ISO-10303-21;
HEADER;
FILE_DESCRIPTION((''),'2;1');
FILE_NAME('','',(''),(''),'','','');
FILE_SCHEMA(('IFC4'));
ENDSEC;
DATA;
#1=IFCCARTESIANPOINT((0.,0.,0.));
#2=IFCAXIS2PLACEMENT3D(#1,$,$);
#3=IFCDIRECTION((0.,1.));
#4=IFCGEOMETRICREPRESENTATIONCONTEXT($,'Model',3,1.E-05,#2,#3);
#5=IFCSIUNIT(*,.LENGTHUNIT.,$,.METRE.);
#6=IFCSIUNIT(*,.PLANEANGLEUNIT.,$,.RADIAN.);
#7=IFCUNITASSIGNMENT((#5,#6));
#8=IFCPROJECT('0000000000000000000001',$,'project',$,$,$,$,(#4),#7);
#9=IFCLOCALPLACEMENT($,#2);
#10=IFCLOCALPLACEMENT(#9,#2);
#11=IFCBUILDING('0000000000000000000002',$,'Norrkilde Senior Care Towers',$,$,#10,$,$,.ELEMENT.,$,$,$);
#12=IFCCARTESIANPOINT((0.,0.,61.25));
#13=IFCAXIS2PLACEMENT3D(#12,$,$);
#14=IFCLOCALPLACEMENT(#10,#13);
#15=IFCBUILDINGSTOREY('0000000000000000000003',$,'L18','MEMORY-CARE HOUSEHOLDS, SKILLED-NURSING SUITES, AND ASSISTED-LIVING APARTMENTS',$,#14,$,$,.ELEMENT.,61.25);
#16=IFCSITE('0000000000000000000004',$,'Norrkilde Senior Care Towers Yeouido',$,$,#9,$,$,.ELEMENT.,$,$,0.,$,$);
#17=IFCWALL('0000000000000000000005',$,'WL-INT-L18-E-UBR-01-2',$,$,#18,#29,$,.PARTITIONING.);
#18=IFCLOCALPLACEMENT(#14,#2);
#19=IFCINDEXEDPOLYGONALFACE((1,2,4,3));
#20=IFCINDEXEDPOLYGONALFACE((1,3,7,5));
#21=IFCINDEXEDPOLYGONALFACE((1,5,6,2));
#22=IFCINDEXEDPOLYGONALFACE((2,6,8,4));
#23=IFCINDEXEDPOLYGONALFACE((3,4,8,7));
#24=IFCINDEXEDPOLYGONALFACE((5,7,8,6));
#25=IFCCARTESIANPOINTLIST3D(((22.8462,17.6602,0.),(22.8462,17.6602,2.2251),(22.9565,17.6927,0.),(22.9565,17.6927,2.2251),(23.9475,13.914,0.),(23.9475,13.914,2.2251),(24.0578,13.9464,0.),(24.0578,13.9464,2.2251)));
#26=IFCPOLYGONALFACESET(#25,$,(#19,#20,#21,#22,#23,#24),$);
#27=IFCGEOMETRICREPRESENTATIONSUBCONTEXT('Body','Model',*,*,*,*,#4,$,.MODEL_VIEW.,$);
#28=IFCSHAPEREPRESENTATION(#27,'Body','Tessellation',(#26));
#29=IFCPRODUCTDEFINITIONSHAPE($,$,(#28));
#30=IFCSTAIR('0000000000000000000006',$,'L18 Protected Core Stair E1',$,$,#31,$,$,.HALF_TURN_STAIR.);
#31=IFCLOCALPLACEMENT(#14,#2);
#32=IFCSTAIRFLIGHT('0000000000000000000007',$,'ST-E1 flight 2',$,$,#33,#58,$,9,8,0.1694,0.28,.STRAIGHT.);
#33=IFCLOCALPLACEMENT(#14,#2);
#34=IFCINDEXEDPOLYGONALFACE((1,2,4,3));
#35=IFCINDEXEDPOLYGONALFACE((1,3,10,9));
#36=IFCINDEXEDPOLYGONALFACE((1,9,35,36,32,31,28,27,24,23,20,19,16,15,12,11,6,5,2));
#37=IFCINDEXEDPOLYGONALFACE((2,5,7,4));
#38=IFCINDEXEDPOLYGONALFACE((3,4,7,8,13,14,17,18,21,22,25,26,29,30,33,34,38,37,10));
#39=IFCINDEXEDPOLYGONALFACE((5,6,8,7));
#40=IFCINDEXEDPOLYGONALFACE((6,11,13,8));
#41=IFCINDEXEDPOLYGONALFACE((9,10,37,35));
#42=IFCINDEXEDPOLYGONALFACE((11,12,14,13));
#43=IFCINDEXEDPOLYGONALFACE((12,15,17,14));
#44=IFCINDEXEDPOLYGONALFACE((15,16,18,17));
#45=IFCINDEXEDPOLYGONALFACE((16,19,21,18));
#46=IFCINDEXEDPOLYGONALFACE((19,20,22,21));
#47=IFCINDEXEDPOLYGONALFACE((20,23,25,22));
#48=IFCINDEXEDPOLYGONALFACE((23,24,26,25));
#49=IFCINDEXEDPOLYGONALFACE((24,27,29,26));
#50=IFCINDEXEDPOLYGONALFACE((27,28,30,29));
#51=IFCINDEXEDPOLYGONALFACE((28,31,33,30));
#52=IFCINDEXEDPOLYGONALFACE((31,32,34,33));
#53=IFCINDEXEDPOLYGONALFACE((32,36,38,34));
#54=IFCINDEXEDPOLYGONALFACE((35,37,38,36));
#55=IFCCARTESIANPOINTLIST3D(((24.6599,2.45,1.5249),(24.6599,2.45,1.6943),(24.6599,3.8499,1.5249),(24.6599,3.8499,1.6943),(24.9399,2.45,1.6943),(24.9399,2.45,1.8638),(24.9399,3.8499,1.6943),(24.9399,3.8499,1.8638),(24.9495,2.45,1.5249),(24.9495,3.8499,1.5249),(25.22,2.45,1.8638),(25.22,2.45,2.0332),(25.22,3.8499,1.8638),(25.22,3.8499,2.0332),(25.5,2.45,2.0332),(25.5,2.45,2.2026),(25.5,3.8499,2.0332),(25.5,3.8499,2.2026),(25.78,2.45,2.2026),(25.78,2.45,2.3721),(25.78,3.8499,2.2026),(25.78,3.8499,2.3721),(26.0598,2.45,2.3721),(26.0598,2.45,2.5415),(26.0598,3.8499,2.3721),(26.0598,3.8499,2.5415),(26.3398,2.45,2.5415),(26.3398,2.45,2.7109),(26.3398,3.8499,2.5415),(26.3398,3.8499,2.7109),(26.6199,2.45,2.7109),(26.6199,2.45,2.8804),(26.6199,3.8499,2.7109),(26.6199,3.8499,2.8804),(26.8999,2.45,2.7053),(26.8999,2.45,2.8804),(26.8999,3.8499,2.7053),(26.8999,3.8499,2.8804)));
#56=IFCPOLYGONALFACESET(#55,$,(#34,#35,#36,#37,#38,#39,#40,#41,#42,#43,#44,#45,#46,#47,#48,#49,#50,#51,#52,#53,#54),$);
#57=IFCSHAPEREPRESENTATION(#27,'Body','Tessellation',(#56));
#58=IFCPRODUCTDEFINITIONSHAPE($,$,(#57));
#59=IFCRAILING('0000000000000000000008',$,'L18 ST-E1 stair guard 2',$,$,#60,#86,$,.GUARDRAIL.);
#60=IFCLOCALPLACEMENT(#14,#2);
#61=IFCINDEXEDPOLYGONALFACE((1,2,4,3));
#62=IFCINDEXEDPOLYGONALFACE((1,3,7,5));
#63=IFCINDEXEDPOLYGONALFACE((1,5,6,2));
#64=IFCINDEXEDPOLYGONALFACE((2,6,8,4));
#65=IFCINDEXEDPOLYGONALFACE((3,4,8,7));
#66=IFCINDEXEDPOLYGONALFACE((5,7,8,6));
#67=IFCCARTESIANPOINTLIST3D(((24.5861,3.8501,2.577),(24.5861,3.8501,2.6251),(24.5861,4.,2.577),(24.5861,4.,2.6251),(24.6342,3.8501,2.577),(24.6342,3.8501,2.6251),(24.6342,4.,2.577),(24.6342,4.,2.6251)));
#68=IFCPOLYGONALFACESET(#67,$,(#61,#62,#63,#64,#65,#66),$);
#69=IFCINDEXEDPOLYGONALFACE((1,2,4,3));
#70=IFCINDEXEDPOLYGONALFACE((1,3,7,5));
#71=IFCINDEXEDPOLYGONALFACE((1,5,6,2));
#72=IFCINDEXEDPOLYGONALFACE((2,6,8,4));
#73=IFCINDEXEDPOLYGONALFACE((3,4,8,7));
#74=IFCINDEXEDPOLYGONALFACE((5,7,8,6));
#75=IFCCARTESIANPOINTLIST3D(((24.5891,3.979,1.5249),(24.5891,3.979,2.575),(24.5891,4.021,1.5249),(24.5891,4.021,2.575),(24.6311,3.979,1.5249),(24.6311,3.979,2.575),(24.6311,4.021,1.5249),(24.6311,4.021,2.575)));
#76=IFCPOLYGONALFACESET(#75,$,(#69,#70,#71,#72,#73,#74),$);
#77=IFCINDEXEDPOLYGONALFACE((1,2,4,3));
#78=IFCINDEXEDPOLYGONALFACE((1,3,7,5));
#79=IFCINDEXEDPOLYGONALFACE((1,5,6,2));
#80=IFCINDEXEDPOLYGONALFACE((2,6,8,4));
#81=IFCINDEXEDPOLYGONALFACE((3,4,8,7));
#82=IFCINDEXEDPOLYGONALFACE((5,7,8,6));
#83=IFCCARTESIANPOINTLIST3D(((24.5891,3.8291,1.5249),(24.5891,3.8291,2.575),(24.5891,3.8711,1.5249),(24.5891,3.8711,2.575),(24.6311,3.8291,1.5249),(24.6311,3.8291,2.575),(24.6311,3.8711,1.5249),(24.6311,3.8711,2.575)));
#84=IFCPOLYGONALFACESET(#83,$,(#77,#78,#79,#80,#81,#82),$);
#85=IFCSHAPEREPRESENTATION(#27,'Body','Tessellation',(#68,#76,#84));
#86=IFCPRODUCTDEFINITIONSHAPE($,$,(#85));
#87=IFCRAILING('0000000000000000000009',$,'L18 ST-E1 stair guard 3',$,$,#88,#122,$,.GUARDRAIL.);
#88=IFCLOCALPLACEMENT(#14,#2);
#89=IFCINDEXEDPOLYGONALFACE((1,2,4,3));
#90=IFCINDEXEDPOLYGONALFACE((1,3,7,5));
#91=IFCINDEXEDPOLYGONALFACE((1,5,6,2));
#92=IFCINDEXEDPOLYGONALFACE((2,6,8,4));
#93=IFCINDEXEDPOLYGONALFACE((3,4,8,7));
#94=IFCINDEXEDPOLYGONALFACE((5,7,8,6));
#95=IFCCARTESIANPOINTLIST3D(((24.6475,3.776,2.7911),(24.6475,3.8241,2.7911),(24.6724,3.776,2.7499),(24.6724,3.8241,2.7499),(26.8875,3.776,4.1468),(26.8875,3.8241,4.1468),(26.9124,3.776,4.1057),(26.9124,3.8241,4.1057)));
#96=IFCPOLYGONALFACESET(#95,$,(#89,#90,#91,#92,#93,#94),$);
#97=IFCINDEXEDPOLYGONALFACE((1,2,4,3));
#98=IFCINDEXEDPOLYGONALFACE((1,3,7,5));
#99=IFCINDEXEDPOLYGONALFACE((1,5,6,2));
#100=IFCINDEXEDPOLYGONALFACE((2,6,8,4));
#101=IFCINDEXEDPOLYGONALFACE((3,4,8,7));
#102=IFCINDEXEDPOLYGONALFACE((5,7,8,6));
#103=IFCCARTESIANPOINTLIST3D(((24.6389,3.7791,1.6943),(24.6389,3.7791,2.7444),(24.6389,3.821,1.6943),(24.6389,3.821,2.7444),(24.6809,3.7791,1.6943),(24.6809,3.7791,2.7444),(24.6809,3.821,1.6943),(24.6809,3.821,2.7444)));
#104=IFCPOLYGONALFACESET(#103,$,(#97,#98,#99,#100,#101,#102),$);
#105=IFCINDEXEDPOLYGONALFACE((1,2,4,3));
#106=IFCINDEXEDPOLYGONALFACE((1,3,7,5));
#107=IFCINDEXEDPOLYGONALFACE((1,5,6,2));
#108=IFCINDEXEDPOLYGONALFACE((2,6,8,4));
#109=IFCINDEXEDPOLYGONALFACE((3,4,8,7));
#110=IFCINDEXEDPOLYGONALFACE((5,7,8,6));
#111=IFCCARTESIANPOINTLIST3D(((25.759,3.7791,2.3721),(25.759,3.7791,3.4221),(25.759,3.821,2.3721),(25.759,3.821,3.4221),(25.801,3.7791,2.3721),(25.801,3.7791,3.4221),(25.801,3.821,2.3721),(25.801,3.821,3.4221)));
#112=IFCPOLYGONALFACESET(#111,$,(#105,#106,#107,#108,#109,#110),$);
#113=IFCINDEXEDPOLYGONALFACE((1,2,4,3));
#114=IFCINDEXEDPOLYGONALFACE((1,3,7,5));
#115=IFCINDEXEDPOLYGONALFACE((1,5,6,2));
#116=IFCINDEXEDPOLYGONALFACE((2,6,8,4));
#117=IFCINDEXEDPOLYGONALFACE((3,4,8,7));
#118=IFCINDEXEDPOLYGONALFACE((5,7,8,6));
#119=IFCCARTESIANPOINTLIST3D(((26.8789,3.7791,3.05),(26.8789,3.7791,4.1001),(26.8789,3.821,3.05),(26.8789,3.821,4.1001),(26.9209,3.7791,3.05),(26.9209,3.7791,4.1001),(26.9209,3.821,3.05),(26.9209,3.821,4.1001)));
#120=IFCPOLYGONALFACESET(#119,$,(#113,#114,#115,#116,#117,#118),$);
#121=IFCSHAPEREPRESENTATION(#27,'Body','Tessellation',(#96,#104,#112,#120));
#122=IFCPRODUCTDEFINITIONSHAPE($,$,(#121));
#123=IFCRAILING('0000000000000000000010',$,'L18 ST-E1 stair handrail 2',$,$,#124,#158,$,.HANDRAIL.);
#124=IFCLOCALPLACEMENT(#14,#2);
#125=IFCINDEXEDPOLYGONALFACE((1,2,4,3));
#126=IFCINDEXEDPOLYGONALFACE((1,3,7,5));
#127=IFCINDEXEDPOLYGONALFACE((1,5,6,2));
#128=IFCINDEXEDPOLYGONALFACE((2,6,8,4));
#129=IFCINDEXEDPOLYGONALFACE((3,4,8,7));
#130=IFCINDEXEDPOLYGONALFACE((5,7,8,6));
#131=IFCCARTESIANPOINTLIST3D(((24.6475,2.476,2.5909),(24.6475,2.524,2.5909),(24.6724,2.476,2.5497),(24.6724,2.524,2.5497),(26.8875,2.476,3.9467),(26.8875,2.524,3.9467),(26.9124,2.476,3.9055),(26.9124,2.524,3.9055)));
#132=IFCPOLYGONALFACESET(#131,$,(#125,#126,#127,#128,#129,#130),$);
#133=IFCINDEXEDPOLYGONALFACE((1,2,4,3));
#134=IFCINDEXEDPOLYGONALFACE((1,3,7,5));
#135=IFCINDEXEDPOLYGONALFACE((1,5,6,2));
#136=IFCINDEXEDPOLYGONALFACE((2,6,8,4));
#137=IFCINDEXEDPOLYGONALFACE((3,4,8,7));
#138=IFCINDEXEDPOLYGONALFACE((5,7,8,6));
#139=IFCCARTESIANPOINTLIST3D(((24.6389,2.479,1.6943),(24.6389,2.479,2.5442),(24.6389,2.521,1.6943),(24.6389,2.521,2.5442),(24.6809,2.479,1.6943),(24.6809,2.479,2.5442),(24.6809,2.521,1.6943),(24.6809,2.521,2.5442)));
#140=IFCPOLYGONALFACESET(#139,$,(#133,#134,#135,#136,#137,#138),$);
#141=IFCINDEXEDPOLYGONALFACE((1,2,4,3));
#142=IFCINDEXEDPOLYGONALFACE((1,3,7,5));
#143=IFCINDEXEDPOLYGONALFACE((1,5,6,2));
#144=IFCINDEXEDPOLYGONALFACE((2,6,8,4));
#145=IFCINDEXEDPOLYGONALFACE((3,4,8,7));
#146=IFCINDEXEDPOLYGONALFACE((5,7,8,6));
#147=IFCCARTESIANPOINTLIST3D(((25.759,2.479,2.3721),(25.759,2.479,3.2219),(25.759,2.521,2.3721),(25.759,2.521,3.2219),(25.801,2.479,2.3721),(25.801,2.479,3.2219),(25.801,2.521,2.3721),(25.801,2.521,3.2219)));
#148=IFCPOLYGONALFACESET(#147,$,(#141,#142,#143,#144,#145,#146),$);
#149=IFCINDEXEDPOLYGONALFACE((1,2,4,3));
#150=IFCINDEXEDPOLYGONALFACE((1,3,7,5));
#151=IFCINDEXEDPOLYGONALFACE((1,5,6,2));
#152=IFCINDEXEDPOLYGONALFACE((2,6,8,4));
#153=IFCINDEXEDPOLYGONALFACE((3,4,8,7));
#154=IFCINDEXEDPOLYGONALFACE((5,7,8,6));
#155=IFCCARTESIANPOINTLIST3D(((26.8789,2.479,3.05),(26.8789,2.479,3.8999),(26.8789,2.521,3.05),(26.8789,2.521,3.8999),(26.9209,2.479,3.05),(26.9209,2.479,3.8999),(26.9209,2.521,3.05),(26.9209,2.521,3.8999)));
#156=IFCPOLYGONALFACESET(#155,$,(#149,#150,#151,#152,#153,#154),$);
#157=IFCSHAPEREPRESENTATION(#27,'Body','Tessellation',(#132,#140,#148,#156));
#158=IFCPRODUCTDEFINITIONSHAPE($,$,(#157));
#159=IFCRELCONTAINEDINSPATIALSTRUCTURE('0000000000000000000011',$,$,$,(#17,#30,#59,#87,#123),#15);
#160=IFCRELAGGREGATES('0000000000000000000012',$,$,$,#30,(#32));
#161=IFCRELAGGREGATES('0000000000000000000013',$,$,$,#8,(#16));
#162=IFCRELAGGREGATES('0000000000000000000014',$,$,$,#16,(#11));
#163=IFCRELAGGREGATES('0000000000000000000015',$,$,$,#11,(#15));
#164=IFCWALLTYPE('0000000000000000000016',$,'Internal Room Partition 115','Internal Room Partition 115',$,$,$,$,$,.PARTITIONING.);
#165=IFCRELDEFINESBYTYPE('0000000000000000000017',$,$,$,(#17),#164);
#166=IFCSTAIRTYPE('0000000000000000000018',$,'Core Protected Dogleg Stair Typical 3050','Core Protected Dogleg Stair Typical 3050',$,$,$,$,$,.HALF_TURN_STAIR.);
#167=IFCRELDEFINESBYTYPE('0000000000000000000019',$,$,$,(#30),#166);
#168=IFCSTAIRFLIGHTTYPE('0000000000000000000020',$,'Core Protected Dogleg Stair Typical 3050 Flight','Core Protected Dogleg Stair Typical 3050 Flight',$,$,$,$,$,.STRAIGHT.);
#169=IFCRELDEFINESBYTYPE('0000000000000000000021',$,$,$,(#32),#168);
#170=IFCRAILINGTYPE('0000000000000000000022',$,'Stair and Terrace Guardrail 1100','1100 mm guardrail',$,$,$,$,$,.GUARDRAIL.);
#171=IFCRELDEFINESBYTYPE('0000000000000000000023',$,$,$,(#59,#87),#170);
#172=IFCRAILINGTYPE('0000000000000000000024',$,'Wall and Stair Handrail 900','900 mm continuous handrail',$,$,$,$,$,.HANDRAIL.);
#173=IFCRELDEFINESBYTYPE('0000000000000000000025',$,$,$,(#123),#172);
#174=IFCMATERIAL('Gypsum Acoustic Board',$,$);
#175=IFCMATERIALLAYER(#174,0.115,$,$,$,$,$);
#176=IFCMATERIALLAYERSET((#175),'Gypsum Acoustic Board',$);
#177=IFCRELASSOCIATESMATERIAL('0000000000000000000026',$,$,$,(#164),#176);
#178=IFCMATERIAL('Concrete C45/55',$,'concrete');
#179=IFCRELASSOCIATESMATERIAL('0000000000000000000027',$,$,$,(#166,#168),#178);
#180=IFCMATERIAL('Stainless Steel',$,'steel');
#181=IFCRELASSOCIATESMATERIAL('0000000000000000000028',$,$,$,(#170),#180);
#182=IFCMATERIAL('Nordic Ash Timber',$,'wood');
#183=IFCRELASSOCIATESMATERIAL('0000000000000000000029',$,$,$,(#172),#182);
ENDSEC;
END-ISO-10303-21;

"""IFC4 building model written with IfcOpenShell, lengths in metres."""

from ifc_helpers import new_model, si_unit, direction, frame, frame_2d, origin, origin_2d, place, context, subcontext, project, spatial, polyline, rectangle, outline, extrude, source, transform, mapped, material, layer, layer_set, type_object, element, aggregate, save


model = new_model("IFC4")

# Units and contexts
model_context = context("Model", 3, precision=1e-05, world=origin(), true_north=direction((0.0, 1.0)))
body_context = subcontext(model_context, "Body", "Model", "MODEL_VIEW")
ifc_project = project(units=[si_unit("LENGTHUNIT", "METRE"), si_unit("PLANEANGLEUNIT", "RADIAN")], contexts=[model_context])

# Site, building, storey
site_placement = place(None, origin())
site = spatial("IfcSite", under=ifc_project, at=site_placement, Name="Norrkilde Senior Care Towers Yeouido", CompositionType="ELEMENT", RefElevation=0.0)
building_placement = place(site_placement, origin())
building = spatial("IfcBuilding", under=site, at=building_placement, Name="Norrkilde Senior Care Towers", CompositionType="ELEMENT")
storey_placement = place(building_placement, frame((0.0, 0.0, 61.25)))
storey = spatial("IfcBuildingStorey", under=building, at=storey_placement, Name="L18", Description="MEMORY-CARE HOUSEHOLDS, SKILLED-NURSING SUITES, AND ASSISTED-LIVING APARTMENTS", CompositionType="ELEMENT", Elevation=61.25)

# Shared definitions
ifc_material_1 = material(Name="Gypsum Acoustic Board")
ifc_material_2 = material(Name="Nordic Ash Timber", Category="wood")
ifc_layer_1 = layer(ifc_material_1, 0.115)
ifc_layer_set_1 = layer_set([ifc_layer_1], Name="Gypsum Acoustic Board")
wall_type_1 = type_object("IfcWallType", Name="Internal Room Partition 115", Description="Internal Room Partition 115", PredefinedType="PARTITIONING", material=ifc_layer_set_1)

# Wall
ifc_material_3 = material(Name="Concrete C45/55", Category="concrete")
shared_shape_1 = source(origin(), body_context, "Body", "SweptSolid", [
    extrude(rectangle(XDim=3.9048, YDim=0.115, at=frame_2d((1.9524, 0.0))), origin(), (0.0, 0.0, 1.0), 2.2251),
])
wall_1_placement = place(storey_placement, frame((24.0027, 13.9302, 0.0), z_axis=(0.0, 0.0, 1.0), x_axis=(-0.282038, 0.959403, 0.0)))
element("IfcWall", 1, at=wall_1_placement, inside=storey, type_object=wall_type_1, Name="WL-INT-L18-E-UBR-01-2", PredefinedType="PARTITIONING", context=body_context, shape_type="MappedRepresentation", body=[
    mapped(shared_shape_1, transform((0.0, 0.0, 0.0), x_axis=(1.0, 0.0, 0.0), y_axis=(0.0, 1.0, 0.0), z_axis=(0.0, 0.0, 1.0), scale=1.0)),
])

# Stair, stair flight
stair_type = type_object("IfcStairType", Name="Core Protected Dogleg Stair Typical 3050", Description="Core Protected Dogleg Stair Typical 3050", PredefinedType="HALF_TURN_STAIR", material=ifc_material_3)
stair_placement = place(storey_placement, origin())
stair = element("IfcStair", 2, at=stair_placement, inside=storey, type_object=stair_type, Name="L18 Protected Core Stair E1", PredefinedType="HALF_TURN_STAIR")
stair_flight_type = type_object("IfcStairFlightType", Name="Core Protected Dogleg Stair Typical 3050 Flight", Description="Core Protected Dogleg Stair Typical 3050 Flight", PredefinedType="STRAIGHT", material=ifc_material_3)
stair_flight_placement = place(storey_placement, frame((24.6599, 3.1499, 1.5249), z_axis=(0.0, 0.0, 1.0), x_axis=(1.0, 0.0, 0.0)))
stair_flight = element("IfcStairFlight", 3, at=stair_flight_placement, type_object=stair_flight_type, Name="ST-E1 flight 2", NumberOfRisers=9, NumberOfTreads=8, PredefinedType="STRAIGHT", RiserHeight=0.1694, TreadLength=0.28, context=body_context, shape_type="SweptSolid", body=[
    extrude(outline(polyline([(0.0, 0.0), (0.0, 0.1694), (0.28, 0.1694), (0.28, 0.3389), (0.5601, 0.3389), (0.5601, 0.5083), (0.8401, 0.5083), (0.8401, 0.6777), (1.1201, 0.6777), (1.1201, 0.8472), (1.3999, 0.8472), (1.3999, 1.0166), (1.6799, 1.0166), (1.6799, 1.186), (1.96, 1.186), (1.96, 1.3555), (2.24, 1.3555), (2.24, 1.5249), (2.24, 1.1804), (0.2896, 0.0), (0.0, 0.0)])), frame((0.0, 0.7, 0.0), z_axis=(0.0, -1.0, 0.0), x_axis=(1.0, 0.0, 0.0)), (0.0, 0.0, 1.0), 1.3999),
])
aggregate(stair, [stair_flight])

# Railings
ifc_material_4 = material(Name="Stainless Steel", Category="steel")
railing_type_1 = type_object("IfcRailingType", Name="Stair and Terrace Guardrail 1100", Description="1100 mm guardrail", PredefinedType="GUARDRAIL", material=ifc_material_4)
railing_1_placement = place(storey_placement, frame((24.6101, 4.0, 1.5249)))
element("IfcRailing", 4, at=railing_1_placement, inside=storey, type_object=railing_type_1, Name="L18 ST-E1 stair guard 2", PredefinedType="GUARDRAIL", context=body_context, shape_type="SweptSolid", body=[
    extrude(rectangle(XDim=0.0481, YDim=0.0481, at=origin_2d()), frame((0.0, 0.0, 1.0762), z_axis=(0.0, -1.0, 0.0), x_axis=(1.0, 0.0, 0.0)), (0.0, 0.0, 1.0), 0.1499),
    extrude(rectangle(XDim=0.042, YDim=0.042, at=origin_2d()), origin(), (0.0, 0.0, 1.0), 1.05),
    extrude(rectangle(XDim=0.042, YDim=0.042, at=origin_2d()), frame((0.0, -0.1499, 0.0)), (0.0, 0.0, 1.0), 1.05),
])
railing_2_placement = place(storey_placement, frame((24.6599, 3.8, 1.6943)))
element("IfcRailing", 5, at=railing_2_placement, inside=storey, type_object=railing_type_1, Name="L18 ST-E1 stair guard 3", PredefinedType="GUARDRAIL", context=body_context, shape_type="SweptSolid", body=[
    extrude(rectangle(XDim=0.0481, YDim=0.0481, at=origin_2d()), frame((0.0, 0.0, 1.0762), z_axis=(0.855512, 0.0, 0.517783), x_axis=(0.0, 1.0, 0.0)), (0.0, 0.0, 1.0), 2.6184),
    extrude(rectangle(XDim=0.042, YDim=0.042, at=origin_2d()), origin(), (0.0, 0.0, 1.0), 1.05),
    extrude(rectangle(XDim=0.042, YDim=0.042, at=origin_2d()), frame((1.1201, 0.0, 0.6777)), (0.0, 0.0, 1.0), 1.05),
    extrude(rectangle(XDim=0.042, YDim=0.042, at=origin_2d()), frame((2.24, 0.0, 1.3557)), (0.0, 0.0, 1.0), 1.05),
])
railing_type_2 = type_object("IfcRailingType", Name="Wall and Stair Handrail 900", Description="900 mm continuous handrail", PredefinedType="HANDRAIL", material=ifc_material_2)
railing_3_placement = place(storey_placement, frame((24.6599, 2.5, 1.6943)))
element("IfcRailing", 6, at=railing_3_placement, inside=storey, type_object=railing_type_2, Name="L18 ST-E1 stair handrail 2", PredefinedType="HANDRAIL", context=body_context, shape_type="SweptSolid", body=[
    extrude(rectangle(XDim=0.0481, YDim=0.0481, at=origin_2d()), frame((0.0, 0.0, 0.876), z_axis=(0.855512, 0.0, 0.517783), x_axis=(0.0, 1.0, 0.0)), (0.0, 0.0, 1.0), 2.6184),
    extrude(rectangle(XDim=0.042, YDim=0.042, at=origin_2d()), origin(), (0.0, 0.0, 1.0), 0.8499),
    extrude(rectangle(XDim=0.042, YDim=0.042, at=origin_2d()), frame((1.1201, 0.0, 0.6777)), (0.0, 0.0, 1.0), 0.8499),
    extrude(rectangle(XDim=0.042, YDim=0.042, at=origin_2d()), frame((2.24, 0.0, 1.3557)), (0.0, 0.0, 1.0), 0.8499),
])

save(model, "model.ifc")
